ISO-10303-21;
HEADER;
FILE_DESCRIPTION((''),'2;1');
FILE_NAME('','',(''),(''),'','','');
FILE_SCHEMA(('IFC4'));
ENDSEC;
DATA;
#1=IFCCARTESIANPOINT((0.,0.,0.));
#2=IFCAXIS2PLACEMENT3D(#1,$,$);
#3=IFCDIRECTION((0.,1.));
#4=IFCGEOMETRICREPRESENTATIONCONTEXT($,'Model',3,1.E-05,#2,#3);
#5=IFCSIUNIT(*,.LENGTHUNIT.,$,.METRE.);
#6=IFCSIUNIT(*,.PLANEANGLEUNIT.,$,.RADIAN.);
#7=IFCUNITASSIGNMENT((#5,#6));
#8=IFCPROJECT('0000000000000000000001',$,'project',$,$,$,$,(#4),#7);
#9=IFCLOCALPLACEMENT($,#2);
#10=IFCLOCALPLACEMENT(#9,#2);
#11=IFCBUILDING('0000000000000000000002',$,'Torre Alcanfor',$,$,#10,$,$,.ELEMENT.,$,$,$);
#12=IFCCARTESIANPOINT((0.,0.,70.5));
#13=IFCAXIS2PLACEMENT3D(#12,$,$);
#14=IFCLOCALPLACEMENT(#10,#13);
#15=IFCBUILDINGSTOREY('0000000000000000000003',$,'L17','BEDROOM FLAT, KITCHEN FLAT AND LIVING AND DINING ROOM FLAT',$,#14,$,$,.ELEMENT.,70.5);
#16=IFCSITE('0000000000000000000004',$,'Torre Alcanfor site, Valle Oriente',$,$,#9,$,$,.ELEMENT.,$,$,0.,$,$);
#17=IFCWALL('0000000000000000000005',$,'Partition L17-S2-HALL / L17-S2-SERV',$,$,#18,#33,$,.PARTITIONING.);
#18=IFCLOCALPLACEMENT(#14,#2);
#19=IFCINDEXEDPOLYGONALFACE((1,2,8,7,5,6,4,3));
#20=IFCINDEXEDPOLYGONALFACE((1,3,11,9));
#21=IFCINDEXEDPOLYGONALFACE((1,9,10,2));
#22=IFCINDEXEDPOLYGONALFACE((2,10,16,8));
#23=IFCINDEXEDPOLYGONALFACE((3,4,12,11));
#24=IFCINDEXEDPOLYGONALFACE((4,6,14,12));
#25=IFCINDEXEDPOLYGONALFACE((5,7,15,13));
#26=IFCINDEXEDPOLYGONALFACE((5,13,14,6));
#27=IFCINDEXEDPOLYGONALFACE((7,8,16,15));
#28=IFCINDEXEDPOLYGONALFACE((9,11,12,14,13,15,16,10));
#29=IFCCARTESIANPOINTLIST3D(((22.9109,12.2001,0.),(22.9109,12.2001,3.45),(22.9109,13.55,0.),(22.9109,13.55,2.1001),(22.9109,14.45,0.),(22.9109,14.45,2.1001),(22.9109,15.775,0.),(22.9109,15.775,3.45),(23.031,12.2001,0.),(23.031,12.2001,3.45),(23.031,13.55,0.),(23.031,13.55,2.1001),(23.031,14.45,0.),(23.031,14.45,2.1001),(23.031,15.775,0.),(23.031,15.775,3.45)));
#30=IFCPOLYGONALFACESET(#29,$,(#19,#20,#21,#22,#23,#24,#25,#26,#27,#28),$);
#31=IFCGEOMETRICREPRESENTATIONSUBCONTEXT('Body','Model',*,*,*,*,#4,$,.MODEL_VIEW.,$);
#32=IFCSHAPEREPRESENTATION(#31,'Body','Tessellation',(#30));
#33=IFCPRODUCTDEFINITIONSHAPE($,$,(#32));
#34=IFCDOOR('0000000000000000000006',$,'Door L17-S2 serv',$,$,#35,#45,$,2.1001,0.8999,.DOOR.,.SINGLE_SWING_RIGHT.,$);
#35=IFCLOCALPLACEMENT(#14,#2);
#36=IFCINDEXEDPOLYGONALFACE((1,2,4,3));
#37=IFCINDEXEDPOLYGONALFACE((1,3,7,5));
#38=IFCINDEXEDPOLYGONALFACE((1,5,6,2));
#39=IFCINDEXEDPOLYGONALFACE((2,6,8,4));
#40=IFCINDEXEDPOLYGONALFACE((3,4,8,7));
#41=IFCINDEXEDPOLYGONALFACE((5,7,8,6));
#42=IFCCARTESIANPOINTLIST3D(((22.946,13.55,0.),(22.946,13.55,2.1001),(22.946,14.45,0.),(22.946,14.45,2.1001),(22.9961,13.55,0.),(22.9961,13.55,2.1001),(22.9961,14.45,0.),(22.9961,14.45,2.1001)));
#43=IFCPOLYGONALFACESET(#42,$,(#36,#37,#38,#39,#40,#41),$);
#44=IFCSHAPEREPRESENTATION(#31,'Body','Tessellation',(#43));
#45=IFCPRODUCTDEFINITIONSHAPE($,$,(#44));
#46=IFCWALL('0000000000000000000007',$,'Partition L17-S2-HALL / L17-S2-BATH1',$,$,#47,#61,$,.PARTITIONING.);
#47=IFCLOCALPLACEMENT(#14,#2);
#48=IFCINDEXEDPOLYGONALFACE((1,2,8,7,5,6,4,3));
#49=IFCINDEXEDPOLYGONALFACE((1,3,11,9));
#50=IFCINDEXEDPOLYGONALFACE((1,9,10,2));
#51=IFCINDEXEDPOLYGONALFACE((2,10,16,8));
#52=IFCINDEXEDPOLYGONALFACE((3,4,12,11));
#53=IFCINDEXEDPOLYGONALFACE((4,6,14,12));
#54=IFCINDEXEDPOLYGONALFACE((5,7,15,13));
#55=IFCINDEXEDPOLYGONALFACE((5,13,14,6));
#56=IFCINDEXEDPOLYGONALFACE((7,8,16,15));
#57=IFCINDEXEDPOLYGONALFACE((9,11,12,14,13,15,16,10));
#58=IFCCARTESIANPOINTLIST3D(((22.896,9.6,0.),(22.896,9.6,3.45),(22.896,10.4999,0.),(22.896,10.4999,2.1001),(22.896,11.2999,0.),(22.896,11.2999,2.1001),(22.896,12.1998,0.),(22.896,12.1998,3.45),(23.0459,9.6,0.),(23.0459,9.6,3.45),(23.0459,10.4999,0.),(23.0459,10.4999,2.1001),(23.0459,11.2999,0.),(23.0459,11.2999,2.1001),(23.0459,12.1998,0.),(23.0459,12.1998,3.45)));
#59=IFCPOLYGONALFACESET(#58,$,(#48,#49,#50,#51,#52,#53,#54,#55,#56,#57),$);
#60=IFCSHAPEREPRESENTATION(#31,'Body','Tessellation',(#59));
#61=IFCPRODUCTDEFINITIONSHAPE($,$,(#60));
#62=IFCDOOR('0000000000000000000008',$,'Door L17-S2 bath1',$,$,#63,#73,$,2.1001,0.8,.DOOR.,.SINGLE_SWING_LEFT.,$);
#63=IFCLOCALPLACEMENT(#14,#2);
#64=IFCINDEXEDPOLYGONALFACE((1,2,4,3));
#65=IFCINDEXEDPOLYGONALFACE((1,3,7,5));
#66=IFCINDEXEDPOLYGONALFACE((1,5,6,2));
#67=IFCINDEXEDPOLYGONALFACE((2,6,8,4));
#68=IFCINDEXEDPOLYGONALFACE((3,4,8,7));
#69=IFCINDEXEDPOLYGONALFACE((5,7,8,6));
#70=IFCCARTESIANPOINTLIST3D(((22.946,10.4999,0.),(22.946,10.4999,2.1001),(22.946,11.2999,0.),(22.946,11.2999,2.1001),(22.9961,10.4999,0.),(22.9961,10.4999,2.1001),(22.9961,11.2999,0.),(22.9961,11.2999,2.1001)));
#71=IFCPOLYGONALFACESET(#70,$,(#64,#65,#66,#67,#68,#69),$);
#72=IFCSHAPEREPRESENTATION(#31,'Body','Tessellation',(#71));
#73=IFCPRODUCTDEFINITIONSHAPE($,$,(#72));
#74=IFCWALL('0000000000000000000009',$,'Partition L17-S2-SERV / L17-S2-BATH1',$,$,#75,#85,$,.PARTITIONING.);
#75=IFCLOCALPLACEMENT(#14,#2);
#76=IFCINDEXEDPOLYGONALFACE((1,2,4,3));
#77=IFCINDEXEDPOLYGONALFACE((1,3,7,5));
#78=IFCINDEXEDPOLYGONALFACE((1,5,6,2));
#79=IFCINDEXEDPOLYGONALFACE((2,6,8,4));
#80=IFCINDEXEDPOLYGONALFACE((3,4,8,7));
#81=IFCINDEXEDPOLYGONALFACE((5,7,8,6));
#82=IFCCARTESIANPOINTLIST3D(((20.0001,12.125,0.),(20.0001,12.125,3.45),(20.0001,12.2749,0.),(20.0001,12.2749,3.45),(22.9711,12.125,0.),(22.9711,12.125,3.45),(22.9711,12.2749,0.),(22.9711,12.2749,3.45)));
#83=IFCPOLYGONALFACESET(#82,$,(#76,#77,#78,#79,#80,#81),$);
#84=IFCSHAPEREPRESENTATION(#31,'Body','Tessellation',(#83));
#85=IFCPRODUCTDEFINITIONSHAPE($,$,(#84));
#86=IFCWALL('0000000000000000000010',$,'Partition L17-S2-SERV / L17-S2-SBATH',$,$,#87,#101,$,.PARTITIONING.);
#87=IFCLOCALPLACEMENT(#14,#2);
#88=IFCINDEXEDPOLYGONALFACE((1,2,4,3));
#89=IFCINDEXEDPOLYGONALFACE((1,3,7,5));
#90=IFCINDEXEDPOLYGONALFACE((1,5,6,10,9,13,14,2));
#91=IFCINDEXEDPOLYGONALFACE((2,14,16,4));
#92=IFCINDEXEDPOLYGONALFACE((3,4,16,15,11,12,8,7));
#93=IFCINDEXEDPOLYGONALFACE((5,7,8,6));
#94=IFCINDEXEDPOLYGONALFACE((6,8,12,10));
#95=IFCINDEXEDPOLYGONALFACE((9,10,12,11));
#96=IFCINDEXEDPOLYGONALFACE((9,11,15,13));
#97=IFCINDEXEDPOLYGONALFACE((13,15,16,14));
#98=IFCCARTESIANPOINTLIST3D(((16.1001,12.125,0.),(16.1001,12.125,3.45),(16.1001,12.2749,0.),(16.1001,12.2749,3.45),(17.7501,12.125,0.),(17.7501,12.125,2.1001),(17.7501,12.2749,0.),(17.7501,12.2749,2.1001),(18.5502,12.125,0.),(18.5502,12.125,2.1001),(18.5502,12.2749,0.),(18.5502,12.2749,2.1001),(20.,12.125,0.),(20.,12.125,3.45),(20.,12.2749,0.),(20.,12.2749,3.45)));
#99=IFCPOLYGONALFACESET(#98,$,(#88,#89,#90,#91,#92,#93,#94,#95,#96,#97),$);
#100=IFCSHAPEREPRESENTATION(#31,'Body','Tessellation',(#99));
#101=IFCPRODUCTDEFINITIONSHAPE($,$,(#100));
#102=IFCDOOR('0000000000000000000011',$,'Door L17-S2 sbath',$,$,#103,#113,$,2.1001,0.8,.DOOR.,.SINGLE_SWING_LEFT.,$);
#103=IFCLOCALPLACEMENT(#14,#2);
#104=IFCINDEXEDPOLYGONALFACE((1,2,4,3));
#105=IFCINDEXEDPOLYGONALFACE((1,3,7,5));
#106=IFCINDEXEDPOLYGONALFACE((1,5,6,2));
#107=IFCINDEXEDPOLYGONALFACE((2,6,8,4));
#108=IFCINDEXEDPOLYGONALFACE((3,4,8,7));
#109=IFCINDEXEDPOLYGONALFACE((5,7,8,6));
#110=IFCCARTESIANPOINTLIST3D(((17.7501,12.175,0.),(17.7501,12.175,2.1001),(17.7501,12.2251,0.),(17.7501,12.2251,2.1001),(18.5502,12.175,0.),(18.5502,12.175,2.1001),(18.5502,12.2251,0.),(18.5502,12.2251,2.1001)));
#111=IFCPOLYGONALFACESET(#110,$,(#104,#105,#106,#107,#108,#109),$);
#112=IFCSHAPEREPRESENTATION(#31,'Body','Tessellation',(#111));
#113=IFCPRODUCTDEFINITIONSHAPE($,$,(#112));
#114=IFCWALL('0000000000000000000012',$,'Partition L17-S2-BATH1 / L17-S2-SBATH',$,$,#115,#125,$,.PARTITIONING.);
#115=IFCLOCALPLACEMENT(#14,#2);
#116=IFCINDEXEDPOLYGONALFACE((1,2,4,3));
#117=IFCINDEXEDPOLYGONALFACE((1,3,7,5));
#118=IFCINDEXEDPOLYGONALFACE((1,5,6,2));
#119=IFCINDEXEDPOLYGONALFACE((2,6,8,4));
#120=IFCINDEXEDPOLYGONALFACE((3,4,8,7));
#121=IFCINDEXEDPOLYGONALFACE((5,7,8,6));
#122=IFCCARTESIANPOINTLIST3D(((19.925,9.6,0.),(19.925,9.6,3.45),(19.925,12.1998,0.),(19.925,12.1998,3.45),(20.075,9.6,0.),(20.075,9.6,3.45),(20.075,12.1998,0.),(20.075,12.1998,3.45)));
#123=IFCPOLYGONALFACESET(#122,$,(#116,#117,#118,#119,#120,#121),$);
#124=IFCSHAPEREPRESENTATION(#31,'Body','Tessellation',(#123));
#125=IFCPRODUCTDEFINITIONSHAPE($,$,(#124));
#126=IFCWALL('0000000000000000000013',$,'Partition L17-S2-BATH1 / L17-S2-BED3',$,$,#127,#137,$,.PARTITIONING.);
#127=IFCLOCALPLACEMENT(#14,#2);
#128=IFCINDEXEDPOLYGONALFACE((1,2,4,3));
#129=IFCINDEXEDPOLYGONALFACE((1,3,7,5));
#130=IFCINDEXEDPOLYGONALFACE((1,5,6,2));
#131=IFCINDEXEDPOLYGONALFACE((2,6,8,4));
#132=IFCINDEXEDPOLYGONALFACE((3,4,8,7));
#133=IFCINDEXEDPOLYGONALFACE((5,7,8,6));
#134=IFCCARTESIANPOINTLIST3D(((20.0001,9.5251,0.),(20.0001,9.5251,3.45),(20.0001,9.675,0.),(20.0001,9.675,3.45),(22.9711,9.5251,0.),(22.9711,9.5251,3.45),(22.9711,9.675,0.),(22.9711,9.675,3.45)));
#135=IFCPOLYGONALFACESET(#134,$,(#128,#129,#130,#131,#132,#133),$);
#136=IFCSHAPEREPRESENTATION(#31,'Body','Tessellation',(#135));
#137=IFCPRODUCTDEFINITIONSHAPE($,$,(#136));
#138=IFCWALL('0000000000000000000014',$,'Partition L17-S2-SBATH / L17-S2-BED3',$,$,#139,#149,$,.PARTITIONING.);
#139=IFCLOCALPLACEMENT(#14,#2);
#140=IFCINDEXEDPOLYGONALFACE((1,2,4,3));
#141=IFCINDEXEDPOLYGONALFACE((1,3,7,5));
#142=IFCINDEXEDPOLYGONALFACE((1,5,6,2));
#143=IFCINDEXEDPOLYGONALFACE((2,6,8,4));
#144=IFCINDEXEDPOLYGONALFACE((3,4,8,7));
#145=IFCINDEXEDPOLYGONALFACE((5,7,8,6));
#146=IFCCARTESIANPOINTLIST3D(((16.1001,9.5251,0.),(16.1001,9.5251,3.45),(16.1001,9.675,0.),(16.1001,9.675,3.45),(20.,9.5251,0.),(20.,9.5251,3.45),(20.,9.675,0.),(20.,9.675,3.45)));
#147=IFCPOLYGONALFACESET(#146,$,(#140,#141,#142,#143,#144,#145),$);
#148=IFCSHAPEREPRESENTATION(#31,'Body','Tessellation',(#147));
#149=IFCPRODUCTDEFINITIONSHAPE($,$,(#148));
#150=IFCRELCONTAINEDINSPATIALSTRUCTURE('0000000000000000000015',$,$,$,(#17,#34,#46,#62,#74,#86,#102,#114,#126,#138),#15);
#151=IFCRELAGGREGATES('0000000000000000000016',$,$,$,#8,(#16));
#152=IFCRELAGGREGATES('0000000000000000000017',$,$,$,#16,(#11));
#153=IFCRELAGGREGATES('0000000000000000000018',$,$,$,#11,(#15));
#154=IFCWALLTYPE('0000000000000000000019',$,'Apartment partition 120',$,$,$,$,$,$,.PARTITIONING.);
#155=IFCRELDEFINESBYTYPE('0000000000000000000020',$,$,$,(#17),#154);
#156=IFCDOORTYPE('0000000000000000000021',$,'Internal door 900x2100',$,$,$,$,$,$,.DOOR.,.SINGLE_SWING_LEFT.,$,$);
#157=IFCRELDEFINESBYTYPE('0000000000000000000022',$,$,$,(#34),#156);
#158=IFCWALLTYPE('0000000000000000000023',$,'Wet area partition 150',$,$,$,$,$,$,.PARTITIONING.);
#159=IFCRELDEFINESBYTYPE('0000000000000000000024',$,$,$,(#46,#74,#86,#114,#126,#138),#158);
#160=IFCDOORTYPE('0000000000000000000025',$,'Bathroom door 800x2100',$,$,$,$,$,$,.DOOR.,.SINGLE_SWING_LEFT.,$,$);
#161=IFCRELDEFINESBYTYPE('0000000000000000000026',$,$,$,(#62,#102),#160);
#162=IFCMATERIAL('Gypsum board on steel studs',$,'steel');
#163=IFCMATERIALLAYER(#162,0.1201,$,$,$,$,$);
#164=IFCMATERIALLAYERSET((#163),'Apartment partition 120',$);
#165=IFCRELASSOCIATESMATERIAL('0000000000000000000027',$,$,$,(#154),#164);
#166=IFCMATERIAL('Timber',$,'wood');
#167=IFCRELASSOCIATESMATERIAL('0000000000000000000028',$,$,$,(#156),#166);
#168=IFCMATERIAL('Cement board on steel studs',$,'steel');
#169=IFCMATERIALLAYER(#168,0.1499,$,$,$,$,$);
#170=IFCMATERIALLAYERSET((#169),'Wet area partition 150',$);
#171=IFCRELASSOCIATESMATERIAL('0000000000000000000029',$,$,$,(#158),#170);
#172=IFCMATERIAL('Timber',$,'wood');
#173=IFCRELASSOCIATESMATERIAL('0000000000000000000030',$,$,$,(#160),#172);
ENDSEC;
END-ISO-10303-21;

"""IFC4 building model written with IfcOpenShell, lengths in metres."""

from ifc_helpers import new_model, si_unit, direction, frame, frame_2d, origin, place, context, subcontext, project, spatial, rectangle, extrude, material, layer, layer_set, type_object, element, fill, save


model = new_model("IFC4")

# Units and contexts
model_context = context("Model", 3, precision=1e-05, world=origin(), true_north=direction((0.0, 1.0)))
body_context = subcontext(model_context, "Body", "Model", "MODEL_VIEW")
ifc_project = project(units=[si_unit("LENGTHUNIT", "METRE"), si_unit("PLANEANGLEUNIT", "RADIAN")], contexts=[model_context])

# Site, building, storey
site_placement = place(None, origin())
site = spatial("IfcSite", under=ifc_project, at=site_placement, Name="Torre Alcanfor site, Valle Oriente", CompositionType="ELEMENT", RefElevation=0.0)
building_placement = place(site_placement, origin())
building = spatial("IfcBuilding", under=site, at=building_placement, Name="Torre Alcanfor", CompositionType="ELEMENT")
storey_placement = place(building_placement, frame((0.0, 0.0, 70.5)))
storey = spatial("IfcBuildingStorey", under=building, at=storey_placement, Name="L17", Description="BEDROOM FLAT, KITCHEN FLAT AND LIVING AND DINING ROOM FLAT", CompositionType="ELEMENT", Elevation=70.5)

# Walls, openings, doors
ifc_material_1 = material(Name="Gypsum board on steel studs", Category="steel")
ifc_layer_1 = layer(ifc_material_1, 0.1201)
ifc_layer_set_1 = layer_set([ifc_layer_1], Name="Apartment partition 120")
wall_type_1 = type_object("IfcWallType", Name="Apartment partition 120", PredefinedType="PARTITIONING", material=ifc_layer_set_1)
ifc_material_2 = material(Name="Timber", Category="wood")
door_type_1 = type_object("IfcDoorType", Name="Internal door 900x2100", OperationType="SINGLE_SWING_LEFT", PredefinedType="DOOR", material=ifc_material_2)
wall_1_placement = place(storey_placement, frame((22.9709, 12.2, 0.0), z_axis=(0.0, 0.0, 1.0), x_axis=(0.0, 1.0, 0.0)))
wall_1 = element("IfcWall", 1, at=wall_1_placement, inside=storey, type_object=wall_type_1, Name="Partition L17-S2-HALL / L17-S2-SERV", PredefinedType="PARTITIONING", context=body_context, shape_type="SweptSolid", body=[
    extrude(rectangle(XDim=3.575, YDim=0.1201, at=frame_2d((1.7876, 0.0))), origin(), (0.0, 0.0, 1.0), 3.45),
])
opening_1_placement = place(wall_1_placement, frame((1.3501, 0.0, 0.0)))
opening_1 = element("IfcOpeningElement", 2, at=opening_1_placement, cuts=wall_1, PredefinedType="OPENING", context=body_context, shape_type="SweptSolid", body=[
    extrude(rectangle(XDim=0.8999, YDim=2.1001, at=frame_2d((0.45, 1.05))), frame((0.0, 0.0701, 0.0), z_axis=(0.0, -1.0, 0.0), x_axis=(1.0, 0.0, 0.0)), (0.0, 0.0, 1.0), 0.1401),
])
door_1_placement = place(opening_1_placement, origin())
door_1 = element("IfcDoor", 3, at=door_1_placement, inside=storey, type_object=door_type_1, Name="Door L17-S2 serv", OperationType="SINGLE_SWING_RIGHT", OverallHeight=2.1001, OverallWidth=0.8999, PredefinedType="DOOR", context=body_context, shape_type="SweptSolid", body=[
    extrude(rectangle(XDim=0.8999, YDim=2.1001, at=frame_2d((0.45, 1.05))), frame((0.0, 0.0249, 0.0), z_axis=(0.0, -1.0, 0.0), x_axis=(1.0, 0.0, 0.0)), (0.0, 0.0, 1.0), 0.05),
])
fill(opening_1, door_1)
ifc_material_3 = material(Name="Cement board on steel studs", Category="steel")
ifc_layer_2 = layer(ifc_material_3, 0.1499)
ifc_layer_set_2 = layer_set([ifc_layer_2], Name="Wet area partition 150")
wall_type_2 = type_object("IfcWallType", Name="Wet area partition 150", PredefinedType="PARTITIONING", material=ifc_layer_set_2)
wall_2_placement = place(storey_placement, frame((22.9709, 9.6001, 0.0), z_axis=(0.0, 0.0, 1.0), x_axis=(0.0, 1.0, 0.0)))
wall_2 = element("IfcWall", 4, at=wall_2_placement, inside=storey, type_object=wall_type_2, Name="Partition L17-S2-HALL / L17-S2-BATH1", PredefinedType="PARTITIONING", context=body_context, shape_type="SweptSolid", body=[
    extrude(rectangle(XDim=2.5999, YDim=0.1499, at=frame_2d((1.2998, 0.0))), origin(), (0.0, 0.0, 1.0), 3.45),
])
opening_2_placement = place(wall_2_placement, frame((0.8999, 0.0, 0.0)))
opening_2 = element("IfcOpeningElement", 5, at=opening_2_placement, cuts=wall_2, PredefinedType="OPENING", context=body_context, shape_type="SweptSolid", body=[
    extrude(rectangle(XDim=0.8, YDim=2.1001, at=frame_2d((0.3999, 1.05))), frame((0.0, 0.085, 0.0), z_axis=(0.0, -1.0, 0.0), x_axis=(1.0, 0.0, 0.0)), (0.0, 0.0, 1.0), 0.1699),
])
ifc_material_4 = material(Name="Timber", Category="wood")
door_type_2 = type_object("IfcDoorType", Name="Bathroom door 800x2100", OperationType="SINGLE_SWING_LEFT", PredefinedType="DOOR", material=ifc_material_4)
door_2_placement = place(opening_2_placement, origin())
door_2 = element("IfcDoor", 6, at=door_2_placement, inside=storey, type_object=door_type_2, Name="Door L17-S2 bath1", OperationType="SINGLE_SWING_LEFT", OverallHeight=2.1001, OverallWidth=0.8, PredefinedType="DOOR", context=body_context, shape_type="SweptSolid", body=[
    extrude(rectangle(XDim=0.8, YDim=2.1001, at=frame_2d((0.3999, 1.05))), frame((0.0, 0.0249, 0.0), z_axis=(0.0, -1.0, 0.0), x_axis=(1.0, 0.0, 0.0)), (0.0, 0.0, 1.0), 0.05),
])
fill(opening_2, door_2)

# Wall
wall_3_placement = place(storey_placement, frame((22.9709, 12.2, 0.0), z_axis=(0.0, 0.0, 1.0), x_axis=(-1.0, 0.0, 0.0)))
element("IfcWall", 7, at=wall_3_placement, inside=storey, type_object=wall_type_2, Name="Partition L17-S2-SERV / L17-S2-BATH1", PredefinedType="PARTITIONING", context=body_context, shape_type="SweptSolid", body=[
    extrude(rectangle(XDim=2.9709, YDim=0.1499, at=frame_2d((1.4854, 0.0))), origin(), (0.0, 0.0, 1.0), 3.45),
])

# Wall, opening, door
wall_4_placement = place(storey_placement, frame((20.0, 12.2, 0.0), z_axis=(0.0, 0.0, 1.0), x_axis=(-1.0, 0.0, 0.0)))
wall_4 = element("IfcWall", 8, at=wall_4_placement, inside=storey, type_object=wall_type_2, Name="Partition L17-S2-SERV / L17-S2-SBATH", PredefinedType="PARTITIONING", context=body_context, shape_type="SweptSolid", body=[
    extrude(rectangle(XDim=3.8999, YDim=0.1499, at=frame_2d((1.95, 0.0))), origin(), (0.0, 0.0, 1.0), 3.45),
])
opening_3_placement = place(wall_4_placement, frame((1.45, 0.0, 0.0)))
opening_3 = element("IfcOpeningElement", 9, at=opening_3_placement, cuts=wall_4, PredefinedType="OPENING", context=body_context, shape_type="SweptSolid", body=[
    extrude(rectangle(XDim=0.8, YDim=2.1001, at=frame_2d((0.3999, 1.05))), frame((0.0, 0.085, 0.0), z_axis=(0.0, -1.0, 0.0), x_axis=(1.0, 0.0, 0.0)), (0.0, 0.0, 1.0), 0.1699),
])
door_3_placement = place(opening_3_placement, origin())
door_3 = element("IfcDoor", 10, at=door_3_placement, inside=storey, type_object=door_type_2, Name="Door L17-S2 sbath", OperationType="SINGLE_SWING_LEFT", OverallHeight=2.1001, OverallWidth=0.8, PredefinedType="DOOR", context=body_context, shape_type="SweptSolid", body=[
    extrude(rectangle(XDim=0.8, YDim=2.1001, at=frame_2d((0.3999, 1.05))), frame((0.0, 0.0249, 0.0), z_axis=(0.0, -1.0, 0.0), x_axis=(1.0, 0.0, 0.0)), (0.0, 0.0, 1.0), 0.05),
])
fill(opening_3, door_3)

# Walls
wall_5_placement = place(storey_placement, frame((20.0, 9.6001, 0.0), z_axis=(0.0, 0.0, 1.0), x_axis=(0.0, 1.0, 0.0)))
element("IfcWall", 11, at=wall_5_placement, inside=storey, type_object=wall_type_2, Name="Partition L17-S2-BATH1 / L17-S2-SBATH", PredefinedType="PARTITIONING", context=body_context, shape_type="SweptSolid", body=[
    extrude(rectangle(XDim=2.5999, YDim=0.1499, at=frame_2d((1.2998, 0.0))), origin(), (0.0, 0.0, 1.0), 3.45),
])
wall_6_placement = place(storey_placement, frame((22.9709, 9.6001, 0.0), z_axis=(0.0, 0.0, 1.0), x_axis=(-1.0, 0.0, 0.0)))
element("IfcWall", 12, at=wall_6_placement, inside=storey, type_object=wall_type_2, Name="Partition L17-S2-BATH1 / L17-S2-BED3", PredefinedType="PARTITIONING", context=body_context, shape_type="SweptSolid", body=[
    extrude(rectangle(XDim=2.9709, YDim=0.1499, at=frame_2d((1.4854, 0.0))), origin(), (0.0, 0.0, 1.0), 3.45),
])
wall_7_placement = place(storey_placement, frame((20.0, 9.6001, 0.0), z_axis=(0.0, 0.0, 1.0), x_axis=(-1.0, 0.0, 0.0)))
element("IfcWall", 13, at=wall_7_placement, inside=storey, type_object=wall_type_2, Name="Partition L17-S2-SBATH / L17-S2-BED3", PredefinedType="PARTITIONING", context=body_context, shape_type="SweptSolid", body=[
    extrude(rectangle(XDim=3.8999, YDim=0.1499, at=frame_2d((1.95, 0.0))), origin(), (0.0, 0.0, 1.0), 3.45),
])

save(model, "model.ifc")
